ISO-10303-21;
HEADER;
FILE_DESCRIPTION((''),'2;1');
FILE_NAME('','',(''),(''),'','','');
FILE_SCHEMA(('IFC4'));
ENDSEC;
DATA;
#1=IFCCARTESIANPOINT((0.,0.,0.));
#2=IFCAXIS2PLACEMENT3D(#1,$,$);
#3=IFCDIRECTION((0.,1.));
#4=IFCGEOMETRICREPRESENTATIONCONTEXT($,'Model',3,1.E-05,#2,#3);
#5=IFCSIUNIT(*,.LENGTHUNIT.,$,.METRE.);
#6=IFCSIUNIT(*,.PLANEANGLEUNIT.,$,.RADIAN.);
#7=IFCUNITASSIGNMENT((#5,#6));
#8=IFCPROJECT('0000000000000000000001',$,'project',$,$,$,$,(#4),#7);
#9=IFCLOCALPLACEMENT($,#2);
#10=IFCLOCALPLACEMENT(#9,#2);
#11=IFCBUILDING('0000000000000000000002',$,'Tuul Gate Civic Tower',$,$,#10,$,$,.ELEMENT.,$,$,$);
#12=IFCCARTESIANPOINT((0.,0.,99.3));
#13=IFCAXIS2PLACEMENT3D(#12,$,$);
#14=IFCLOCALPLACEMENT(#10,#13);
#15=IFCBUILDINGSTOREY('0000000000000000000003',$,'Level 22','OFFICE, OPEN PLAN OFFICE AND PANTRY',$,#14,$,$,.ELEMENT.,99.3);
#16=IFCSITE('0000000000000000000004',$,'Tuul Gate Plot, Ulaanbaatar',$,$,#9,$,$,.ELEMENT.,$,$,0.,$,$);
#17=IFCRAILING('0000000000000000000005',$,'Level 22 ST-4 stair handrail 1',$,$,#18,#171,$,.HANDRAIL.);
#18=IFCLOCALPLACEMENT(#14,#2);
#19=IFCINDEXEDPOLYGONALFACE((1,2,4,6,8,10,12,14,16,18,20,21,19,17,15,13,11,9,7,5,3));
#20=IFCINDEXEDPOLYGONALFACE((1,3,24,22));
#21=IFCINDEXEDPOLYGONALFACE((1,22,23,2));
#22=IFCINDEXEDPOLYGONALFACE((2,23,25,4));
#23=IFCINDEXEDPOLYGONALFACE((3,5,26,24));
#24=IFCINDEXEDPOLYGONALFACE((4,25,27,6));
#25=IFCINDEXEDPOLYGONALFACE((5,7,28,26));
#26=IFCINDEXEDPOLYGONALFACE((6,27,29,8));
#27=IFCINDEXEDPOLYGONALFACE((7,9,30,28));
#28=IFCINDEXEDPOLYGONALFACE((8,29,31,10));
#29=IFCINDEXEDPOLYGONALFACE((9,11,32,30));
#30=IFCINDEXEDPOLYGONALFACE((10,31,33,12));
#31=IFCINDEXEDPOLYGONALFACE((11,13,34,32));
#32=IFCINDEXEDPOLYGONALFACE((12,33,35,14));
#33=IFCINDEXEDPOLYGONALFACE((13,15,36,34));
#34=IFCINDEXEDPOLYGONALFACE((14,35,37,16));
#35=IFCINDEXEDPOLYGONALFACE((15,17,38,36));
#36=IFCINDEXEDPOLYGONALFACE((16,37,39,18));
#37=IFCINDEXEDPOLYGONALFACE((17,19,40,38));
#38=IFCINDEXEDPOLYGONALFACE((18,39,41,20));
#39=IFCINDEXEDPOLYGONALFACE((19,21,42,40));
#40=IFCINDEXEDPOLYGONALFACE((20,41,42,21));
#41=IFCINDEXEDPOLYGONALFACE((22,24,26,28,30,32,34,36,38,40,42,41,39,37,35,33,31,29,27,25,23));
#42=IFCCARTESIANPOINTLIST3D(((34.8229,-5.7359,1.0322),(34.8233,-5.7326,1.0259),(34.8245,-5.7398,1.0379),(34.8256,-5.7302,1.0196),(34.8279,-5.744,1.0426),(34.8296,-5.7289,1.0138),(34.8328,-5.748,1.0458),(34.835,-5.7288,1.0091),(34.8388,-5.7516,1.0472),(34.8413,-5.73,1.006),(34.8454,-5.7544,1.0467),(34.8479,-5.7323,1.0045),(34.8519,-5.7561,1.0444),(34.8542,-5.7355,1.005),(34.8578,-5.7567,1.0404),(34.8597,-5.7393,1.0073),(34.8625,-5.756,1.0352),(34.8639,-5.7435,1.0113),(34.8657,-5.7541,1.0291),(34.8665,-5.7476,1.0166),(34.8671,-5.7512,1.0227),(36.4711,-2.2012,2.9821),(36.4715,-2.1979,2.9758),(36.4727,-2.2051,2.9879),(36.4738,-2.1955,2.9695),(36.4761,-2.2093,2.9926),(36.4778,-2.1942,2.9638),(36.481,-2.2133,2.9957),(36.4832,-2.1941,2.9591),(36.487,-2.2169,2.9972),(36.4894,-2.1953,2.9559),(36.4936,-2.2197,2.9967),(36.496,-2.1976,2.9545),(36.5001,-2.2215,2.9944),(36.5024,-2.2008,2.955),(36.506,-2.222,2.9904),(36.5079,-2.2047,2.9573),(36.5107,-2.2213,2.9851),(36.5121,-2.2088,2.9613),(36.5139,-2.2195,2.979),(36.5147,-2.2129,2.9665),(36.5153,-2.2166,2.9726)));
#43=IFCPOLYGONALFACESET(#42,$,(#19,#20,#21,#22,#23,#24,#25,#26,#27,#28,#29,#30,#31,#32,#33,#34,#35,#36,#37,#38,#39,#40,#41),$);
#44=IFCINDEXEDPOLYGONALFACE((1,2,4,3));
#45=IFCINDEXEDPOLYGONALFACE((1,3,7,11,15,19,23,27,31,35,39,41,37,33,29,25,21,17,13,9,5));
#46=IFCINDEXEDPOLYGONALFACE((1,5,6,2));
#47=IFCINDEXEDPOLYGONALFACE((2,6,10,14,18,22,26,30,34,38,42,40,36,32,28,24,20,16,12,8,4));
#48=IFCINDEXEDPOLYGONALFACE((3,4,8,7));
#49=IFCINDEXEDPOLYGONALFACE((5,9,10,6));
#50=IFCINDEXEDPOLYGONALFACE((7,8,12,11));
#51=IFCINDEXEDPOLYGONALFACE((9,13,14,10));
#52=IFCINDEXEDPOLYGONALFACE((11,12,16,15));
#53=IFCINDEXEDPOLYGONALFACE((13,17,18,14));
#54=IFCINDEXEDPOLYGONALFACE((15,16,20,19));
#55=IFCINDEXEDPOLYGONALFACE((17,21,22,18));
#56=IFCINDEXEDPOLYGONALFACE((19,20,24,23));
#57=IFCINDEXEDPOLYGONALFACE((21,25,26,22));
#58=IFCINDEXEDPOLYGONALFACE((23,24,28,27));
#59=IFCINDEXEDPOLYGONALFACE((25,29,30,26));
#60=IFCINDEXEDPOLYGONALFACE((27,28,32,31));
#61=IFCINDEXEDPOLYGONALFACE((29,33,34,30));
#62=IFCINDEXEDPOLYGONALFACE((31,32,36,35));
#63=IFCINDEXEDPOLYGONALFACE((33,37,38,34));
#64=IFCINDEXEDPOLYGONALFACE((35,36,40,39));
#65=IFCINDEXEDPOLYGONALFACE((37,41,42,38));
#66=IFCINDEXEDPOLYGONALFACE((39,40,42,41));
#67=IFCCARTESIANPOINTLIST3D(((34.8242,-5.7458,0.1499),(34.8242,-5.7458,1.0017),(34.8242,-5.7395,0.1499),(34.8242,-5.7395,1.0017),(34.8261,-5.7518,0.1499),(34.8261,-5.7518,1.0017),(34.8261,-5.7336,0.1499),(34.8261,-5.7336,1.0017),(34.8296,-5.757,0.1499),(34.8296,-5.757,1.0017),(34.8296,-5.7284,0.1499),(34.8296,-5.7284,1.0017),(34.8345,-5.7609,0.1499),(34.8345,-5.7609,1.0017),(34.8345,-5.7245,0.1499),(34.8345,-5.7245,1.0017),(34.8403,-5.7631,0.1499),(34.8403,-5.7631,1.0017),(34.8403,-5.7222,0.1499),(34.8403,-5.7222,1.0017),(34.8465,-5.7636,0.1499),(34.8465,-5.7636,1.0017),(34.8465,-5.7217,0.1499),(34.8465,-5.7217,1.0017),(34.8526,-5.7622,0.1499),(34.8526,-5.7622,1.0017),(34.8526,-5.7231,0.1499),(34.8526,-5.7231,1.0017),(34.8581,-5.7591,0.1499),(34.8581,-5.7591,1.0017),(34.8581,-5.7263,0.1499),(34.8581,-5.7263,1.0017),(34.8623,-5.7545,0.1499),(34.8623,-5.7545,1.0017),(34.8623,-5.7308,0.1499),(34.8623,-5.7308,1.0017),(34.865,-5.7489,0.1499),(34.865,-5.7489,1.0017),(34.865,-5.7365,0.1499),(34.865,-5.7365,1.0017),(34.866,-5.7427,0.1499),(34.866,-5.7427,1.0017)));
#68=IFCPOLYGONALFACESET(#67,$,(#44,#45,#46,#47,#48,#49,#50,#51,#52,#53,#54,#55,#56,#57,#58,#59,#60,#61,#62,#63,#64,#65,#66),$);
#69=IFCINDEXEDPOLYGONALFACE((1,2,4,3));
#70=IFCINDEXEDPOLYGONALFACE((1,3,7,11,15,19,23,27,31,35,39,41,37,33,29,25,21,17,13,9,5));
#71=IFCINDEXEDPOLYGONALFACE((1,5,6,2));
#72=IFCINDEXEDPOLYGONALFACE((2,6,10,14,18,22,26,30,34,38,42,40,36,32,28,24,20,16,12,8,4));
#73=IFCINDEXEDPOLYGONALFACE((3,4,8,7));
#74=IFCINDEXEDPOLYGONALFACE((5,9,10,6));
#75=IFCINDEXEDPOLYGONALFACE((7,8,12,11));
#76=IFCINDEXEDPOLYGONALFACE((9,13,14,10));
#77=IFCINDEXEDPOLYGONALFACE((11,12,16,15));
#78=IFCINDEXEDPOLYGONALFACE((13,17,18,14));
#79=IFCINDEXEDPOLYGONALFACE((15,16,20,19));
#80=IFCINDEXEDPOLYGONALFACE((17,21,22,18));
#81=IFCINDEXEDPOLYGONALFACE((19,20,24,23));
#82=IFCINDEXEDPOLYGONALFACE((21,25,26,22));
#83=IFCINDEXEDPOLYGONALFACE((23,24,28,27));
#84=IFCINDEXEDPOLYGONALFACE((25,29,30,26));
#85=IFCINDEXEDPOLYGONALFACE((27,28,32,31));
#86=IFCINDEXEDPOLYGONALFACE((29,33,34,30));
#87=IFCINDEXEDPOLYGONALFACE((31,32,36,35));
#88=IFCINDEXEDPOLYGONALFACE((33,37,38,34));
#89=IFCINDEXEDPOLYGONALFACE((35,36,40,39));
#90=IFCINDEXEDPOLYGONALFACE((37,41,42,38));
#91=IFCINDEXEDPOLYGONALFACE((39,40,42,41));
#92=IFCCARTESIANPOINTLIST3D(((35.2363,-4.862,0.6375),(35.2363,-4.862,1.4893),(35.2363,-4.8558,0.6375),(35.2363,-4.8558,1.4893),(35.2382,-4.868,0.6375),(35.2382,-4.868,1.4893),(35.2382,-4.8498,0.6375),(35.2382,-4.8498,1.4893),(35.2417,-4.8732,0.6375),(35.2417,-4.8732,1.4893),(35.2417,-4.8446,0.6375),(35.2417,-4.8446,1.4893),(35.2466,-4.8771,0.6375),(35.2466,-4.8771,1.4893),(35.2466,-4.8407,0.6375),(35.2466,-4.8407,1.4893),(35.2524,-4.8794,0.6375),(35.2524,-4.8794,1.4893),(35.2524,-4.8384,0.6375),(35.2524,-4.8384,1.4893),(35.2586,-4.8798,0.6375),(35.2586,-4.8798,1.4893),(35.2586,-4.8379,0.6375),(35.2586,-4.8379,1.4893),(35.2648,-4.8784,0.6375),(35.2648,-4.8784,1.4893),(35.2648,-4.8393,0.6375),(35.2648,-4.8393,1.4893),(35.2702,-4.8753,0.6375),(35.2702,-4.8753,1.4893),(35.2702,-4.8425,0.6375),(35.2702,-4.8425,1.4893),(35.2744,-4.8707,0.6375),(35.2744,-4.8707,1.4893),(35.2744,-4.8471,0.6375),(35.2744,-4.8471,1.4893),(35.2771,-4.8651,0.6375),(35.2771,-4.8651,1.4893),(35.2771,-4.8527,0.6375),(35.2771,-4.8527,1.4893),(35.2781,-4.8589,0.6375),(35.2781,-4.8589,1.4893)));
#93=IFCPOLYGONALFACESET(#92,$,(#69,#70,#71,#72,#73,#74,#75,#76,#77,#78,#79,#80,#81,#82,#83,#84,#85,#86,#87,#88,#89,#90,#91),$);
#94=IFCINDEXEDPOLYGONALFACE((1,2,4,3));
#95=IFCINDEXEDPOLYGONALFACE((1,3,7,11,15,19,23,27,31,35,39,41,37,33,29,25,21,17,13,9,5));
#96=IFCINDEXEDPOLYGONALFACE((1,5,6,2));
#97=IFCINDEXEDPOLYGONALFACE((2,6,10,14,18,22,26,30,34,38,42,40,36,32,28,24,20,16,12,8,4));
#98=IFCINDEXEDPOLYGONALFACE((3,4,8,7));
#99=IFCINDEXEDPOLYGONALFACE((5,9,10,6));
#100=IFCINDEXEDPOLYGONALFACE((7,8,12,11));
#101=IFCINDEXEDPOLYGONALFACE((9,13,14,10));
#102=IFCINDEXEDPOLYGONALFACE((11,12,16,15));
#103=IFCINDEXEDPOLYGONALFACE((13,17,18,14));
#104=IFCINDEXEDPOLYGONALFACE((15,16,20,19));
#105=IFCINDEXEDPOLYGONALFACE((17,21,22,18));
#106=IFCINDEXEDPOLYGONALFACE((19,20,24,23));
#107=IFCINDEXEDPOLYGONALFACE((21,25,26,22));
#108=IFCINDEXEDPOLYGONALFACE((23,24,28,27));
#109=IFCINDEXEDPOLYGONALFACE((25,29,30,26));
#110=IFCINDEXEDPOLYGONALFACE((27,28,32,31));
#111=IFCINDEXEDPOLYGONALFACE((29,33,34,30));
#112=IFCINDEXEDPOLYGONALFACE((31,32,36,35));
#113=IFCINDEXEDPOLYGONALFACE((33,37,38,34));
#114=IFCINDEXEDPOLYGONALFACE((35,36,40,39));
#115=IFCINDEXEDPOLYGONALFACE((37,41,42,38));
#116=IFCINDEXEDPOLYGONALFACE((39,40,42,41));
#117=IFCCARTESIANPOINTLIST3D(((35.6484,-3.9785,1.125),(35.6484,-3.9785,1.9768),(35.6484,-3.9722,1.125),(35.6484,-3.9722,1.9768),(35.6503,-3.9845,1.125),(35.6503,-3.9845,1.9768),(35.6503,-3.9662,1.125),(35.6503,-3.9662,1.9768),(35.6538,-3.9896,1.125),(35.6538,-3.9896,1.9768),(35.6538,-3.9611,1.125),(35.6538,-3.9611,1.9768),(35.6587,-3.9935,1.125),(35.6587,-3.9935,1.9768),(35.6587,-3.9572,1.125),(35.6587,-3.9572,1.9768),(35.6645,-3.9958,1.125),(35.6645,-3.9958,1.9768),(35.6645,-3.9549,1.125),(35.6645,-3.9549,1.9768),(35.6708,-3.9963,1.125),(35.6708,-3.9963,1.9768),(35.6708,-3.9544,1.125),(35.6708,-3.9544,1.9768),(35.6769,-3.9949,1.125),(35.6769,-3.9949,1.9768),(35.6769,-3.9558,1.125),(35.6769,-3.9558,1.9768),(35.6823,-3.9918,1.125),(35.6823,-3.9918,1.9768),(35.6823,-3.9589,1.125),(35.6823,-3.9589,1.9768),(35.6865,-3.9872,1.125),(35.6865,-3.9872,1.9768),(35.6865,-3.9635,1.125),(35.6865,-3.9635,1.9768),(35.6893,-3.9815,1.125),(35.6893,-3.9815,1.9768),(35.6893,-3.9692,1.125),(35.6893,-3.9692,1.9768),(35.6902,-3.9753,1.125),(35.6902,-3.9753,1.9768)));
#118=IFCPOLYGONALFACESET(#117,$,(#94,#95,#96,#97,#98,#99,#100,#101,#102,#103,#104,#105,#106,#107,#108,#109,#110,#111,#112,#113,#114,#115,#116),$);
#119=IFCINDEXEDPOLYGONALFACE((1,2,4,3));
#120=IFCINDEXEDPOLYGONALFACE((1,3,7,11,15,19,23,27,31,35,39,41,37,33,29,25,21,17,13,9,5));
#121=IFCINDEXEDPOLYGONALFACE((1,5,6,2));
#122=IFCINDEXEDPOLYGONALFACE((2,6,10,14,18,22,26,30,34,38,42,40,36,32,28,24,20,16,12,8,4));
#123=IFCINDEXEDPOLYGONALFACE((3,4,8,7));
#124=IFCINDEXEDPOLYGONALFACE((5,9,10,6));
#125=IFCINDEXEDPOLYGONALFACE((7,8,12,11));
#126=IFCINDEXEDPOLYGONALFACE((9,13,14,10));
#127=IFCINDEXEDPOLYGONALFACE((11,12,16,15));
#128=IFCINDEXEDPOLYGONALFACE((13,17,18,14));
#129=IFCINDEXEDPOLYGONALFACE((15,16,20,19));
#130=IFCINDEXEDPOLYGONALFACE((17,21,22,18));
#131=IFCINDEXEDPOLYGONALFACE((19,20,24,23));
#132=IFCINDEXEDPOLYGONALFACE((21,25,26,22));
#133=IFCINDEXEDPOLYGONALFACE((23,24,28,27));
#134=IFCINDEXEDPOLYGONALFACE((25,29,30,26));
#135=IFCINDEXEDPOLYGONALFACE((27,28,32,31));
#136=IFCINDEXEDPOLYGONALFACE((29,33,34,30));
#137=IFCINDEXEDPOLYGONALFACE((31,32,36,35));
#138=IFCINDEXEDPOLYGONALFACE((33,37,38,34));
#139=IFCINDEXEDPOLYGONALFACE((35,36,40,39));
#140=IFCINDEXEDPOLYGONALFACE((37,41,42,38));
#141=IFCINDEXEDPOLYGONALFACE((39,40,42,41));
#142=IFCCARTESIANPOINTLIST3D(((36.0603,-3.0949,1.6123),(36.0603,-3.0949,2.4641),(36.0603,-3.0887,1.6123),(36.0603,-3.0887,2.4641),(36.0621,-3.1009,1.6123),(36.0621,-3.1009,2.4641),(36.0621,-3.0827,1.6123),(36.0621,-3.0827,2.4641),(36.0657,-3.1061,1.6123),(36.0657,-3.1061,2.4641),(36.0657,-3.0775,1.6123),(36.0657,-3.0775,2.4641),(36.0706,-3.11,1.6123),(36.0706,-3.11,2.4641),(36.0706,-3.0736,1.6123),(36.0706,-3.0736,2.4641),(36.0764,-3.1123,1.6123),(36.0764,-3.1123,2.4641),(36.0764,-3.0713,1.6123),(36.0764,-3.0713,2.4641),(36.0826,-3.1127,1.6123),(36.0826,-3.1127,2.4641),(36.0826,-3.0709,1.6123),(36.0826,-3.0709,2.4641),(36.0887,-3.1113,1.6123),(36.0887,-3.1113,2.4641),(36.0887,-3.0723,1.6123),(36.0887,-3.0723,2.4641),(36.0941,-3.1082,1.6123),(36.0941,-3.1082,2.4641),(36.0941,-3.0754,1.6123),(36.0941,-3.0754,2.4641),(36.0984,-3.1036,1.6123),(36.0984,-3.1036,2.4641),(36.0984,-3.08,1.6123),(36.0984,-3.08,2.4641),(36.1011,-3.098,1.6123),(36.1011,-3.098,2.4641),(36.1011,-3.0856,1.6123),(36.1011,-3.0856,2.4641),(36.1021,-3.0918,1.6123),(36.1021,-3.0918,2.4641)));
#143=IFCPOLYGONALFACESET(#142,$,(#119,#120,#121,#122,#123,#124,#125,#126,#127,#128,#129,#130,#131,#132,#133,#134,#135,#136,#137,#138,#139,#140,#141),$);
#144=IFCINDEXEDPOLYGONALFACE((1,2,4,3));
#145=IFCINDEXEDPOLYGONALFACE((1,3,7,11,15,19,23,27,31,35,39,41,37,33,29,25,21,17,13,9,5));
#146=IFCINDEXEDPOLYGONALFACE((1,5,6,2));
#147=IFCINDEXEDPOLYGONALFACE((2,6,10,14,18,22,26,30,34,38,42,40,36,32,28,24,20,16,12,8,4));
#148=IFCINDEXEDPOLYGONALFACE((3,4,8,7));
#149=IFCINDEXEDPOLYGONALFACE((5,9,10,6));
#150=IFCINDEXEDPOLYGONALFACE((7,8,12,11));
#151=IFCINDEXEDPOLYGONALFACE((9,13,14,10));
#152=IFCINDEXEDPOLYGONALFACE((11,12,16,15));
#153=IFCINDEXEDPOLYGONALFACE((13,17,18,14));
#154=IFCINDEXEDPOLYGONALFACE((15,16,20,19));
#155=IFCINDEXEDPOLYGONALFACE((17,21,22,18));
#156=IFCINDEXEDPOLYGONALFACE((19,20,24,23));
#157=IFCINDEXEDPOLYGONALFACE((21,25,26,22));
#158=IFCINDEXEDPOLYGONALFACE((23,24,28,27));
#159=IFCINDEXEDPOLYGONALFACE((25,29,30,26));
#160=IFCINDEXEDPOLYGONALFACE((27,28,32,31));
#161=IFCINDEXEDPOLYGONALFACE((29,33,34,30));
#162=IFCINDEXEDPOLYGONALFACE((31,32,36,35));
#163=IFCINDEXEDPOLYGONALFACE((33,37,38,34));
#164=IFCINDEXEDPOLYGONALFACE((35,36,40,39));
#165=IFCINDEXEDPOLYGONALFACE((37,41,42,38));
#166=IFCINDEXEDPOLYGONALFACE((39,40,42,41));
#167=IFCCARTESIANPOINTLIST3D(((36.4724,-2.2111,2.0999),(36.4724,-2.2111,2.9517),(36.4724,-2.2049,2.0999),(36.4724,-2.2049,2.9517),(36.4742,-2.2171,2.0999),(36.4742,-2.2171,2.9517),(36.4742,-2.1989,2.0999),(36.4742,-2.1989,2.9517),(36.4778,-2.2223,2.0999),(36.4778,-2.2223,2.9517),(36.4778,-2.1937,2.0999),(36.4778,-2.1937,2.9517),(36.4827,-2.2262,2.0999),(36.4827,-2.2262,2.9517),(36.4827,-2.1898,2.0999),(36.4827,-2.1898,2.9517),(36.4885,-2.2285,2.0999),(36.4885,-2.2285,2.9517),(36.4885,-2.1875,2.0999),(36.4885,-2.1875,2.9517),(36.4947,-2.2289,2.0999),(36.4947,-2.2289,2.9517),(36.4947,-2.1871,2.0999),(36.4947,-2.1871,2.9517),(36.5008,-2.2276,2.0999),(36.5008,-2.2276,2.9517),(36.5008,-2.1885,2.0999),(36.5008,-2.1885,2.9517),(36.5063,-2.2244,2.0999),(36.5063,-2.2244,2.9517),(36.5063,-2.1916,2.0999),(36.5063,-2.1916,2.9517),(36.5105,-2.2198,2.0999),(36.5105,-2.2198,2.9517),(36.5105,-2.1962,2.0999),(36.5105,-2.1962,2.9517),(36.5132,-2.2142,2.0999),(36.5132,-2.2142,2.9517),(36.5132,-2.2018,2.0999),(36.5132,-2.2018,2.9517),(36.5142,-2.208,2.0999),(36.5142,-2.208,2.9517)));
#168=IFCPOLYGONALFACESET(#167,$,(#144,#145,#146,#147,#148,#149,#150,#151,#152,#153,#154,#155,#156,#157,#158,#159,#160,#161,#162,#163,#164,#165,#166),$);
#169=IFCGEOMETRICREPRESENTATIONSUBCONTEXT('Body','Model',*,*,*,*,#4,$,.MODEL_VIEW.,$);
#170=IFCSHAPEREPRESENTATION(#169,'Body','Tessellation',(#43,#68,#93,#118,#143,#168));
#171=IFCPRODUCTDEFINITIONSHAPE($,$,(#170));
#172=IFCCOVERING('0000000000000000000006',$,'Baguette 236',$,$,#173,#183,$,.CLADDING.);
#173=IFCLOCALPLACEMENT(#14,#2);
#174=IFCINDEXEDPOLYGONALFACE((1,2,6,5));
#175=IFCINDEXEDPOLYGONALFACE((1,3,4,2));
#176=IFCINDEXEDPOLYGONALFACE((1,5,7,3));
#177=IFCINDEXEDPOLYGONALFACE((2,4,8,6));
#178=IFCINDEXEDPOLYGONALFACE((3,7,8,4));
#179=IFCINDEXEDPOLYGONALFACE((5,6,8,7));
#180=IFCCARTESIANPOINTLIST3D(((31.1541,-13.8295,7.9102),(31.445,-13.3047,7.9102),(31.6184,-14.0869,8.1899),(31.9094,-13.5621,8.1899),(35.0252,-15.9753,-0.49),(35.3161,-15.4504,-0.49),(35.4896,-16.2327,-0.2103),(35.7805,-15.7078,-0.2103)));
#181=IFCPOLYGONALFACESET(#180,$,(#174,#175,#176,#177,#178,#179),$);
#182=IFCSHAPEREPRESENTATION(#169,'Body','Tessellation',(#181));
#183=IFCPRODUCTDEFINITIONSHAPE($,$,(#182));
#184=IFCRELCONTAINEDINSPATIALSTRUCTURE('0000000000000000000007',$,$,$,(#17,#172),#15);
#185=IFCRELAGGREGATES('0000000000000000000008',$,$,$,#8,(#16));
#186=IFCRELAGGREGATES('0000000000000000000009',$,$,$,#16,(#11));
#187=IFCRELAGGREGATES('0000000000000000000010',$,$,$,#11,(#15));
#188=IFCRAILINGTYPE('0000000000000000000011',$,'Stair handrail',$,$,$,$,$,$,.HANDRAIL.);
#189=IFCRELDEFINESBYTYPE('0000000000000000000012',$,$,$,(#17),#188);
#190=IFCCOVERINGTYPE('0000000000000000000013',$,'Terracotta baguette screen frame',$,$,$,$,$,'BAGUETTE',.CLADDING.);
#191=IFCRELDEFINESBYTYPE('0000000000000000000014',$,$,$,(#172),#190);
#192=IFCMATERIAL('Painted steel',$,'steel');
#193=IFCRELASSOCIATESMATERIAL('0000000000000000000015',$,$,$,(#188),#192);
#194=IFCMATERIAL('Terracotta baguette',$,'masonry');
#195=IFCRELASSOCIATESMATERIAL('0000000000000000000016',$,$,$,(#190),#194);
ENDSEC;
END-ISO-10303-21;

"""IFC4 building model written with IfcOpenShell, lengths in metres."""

from ifc_helpers import new_model, si_unit, direction, frame, origin, origin_2d, place, context, subcontext, project, spatial, rectangle, circle, extrude, material, material_profile, profile_set, type_object, element, save


model = new_model("IFC4")

# Units and contexts
model_context = context("Model", 3, precision=1e-05, world=origin(), true_north=direction((0.0, 1.0)))
body_context = subcontext(model_context, "Body", "Model", "MODEL_VIEW")
ifc_project = project(units=[si_unit("LENGTHUNIT", "METRE"), si_unit("PLANEANGLEUNIT", "RADIAN")], contexts=[model_context])

# Site, building, storey
site_placement = place(None, origin())
site = spatial("IfcSite", under=ifc_project, at=site_placement, Name="Tuul Gate Plot, Ulaanbaatar", CompositionType="ELEMENT", RefElevation=0.0)
building_placement = place(site_placement, origin())
building = spatial("IfcBuilding", under=site, at=building_placement, Name="Tuul Gate Civic Tower", CompositionType="ELEMENT")
storey_placement = place(building_placement, frame((0.0, 0.0, 99.3)))
storey = spatial("IfcBuildingStorey", under=building, at=storey_placement, Name="Level 22", Description="OFFICE, OPEN PLAN OFFICE AND PANTRY", CompositionType="ELEMENT", Elevation=99.3)

# Railing
ifc_material_1 = material(Name="Painted steel", Category="steel")
railing_type = type_object("IfcRailingType", Name="Stair handrail", PredefinedType="HANDRAIL", material=ifc_material_1)
railing_placement = place(storey_placement, frame((34.845, -5.7427, 0.1499)))
element("IfcRailing", 1, at=railing_placement, inside=storey, type_object=railing_type, Name="Level 22 ST-4 stair handrail 1", PredefinedType="HANDRAIL", context=body_context, shape_type="SweptSolid", body=[
    extrude(circle(Radius=0.0239, at=origin_2d()), frame((0.0, 0.0, 0.876), z_axis=(0.377995, 0.810637, 0.4472), x_axis=(-0.906313, 0.422608, 0.0)), (0.0, 0.0, 1.0), 4.3604),
    extrude(circle(Radius=0.021, at=origin_2d()), origin(), (0.0, 0.0, 1.0), 0.8518),
    extrude(circle(Radius=0.021, at=origin_2d()), frame((0.4121, 0.8838, 0.4875)), (0.0, 0.0, 1.0), 0.8518),
    extrude(circle(Radius=0.021, at=origin_2d()), frame((0.8242, 1.7673, 0.9751)), (0.0, 0.0, 1.0), 0.8518),
    extrude(circle(Radius=0.021, at=origin_2d()), frame((1.2361, 2.6509, 1.4624)), (0.0, 0.0, 1.0), 0.8518),
    extrude(circle(Radius=0.021, at=origin_2d()), frame((1.6482, 3.5347, 1.95)), (0.0, 0.0, 1.0), 0.8518),
])

# Covering
ifc_material_2 = material(Name="Terracotta baguette", Category="masonry")
ifc_material_profile_1 = material_profile(ifc_material_2, rectangle(XDim=0.6001, YDim=0.6001, at=origin_2d()), Name="Terracotta baguette screen frame")
ifc_profile_set_1 = profile_set([ifc_material_profile_1], Name="Terracotta baguette")
covering_type = type_object("IfcCoveringType", Name="Terracotta baguette screen frame", ElementType="BAGUETTE", PredefinedType="CLADDING", material=ifc_profile_set_1)
covering_placement = place(storey_placement, frame((31.5317, -13.6958, 8.05), z_axis=(0.407705, -0.225991, -0.884706), x_axis=(0.484804, 0.874623, 0.0)))
element("IfcCovering", 2, at=covering_placement, inside=storey, type_object=covering_type, Name="Baguette 236", PredefinedType="CLADDING", context=body_context, shape_type="SweptSolid", body=[
    extrude(rectangle(XDim=0.6001, YDim=0.6001, at=origin_2d()), origin(), (0.0, 0.0, 1.0), 9.4949),
])

save(model, "model.ifc")
